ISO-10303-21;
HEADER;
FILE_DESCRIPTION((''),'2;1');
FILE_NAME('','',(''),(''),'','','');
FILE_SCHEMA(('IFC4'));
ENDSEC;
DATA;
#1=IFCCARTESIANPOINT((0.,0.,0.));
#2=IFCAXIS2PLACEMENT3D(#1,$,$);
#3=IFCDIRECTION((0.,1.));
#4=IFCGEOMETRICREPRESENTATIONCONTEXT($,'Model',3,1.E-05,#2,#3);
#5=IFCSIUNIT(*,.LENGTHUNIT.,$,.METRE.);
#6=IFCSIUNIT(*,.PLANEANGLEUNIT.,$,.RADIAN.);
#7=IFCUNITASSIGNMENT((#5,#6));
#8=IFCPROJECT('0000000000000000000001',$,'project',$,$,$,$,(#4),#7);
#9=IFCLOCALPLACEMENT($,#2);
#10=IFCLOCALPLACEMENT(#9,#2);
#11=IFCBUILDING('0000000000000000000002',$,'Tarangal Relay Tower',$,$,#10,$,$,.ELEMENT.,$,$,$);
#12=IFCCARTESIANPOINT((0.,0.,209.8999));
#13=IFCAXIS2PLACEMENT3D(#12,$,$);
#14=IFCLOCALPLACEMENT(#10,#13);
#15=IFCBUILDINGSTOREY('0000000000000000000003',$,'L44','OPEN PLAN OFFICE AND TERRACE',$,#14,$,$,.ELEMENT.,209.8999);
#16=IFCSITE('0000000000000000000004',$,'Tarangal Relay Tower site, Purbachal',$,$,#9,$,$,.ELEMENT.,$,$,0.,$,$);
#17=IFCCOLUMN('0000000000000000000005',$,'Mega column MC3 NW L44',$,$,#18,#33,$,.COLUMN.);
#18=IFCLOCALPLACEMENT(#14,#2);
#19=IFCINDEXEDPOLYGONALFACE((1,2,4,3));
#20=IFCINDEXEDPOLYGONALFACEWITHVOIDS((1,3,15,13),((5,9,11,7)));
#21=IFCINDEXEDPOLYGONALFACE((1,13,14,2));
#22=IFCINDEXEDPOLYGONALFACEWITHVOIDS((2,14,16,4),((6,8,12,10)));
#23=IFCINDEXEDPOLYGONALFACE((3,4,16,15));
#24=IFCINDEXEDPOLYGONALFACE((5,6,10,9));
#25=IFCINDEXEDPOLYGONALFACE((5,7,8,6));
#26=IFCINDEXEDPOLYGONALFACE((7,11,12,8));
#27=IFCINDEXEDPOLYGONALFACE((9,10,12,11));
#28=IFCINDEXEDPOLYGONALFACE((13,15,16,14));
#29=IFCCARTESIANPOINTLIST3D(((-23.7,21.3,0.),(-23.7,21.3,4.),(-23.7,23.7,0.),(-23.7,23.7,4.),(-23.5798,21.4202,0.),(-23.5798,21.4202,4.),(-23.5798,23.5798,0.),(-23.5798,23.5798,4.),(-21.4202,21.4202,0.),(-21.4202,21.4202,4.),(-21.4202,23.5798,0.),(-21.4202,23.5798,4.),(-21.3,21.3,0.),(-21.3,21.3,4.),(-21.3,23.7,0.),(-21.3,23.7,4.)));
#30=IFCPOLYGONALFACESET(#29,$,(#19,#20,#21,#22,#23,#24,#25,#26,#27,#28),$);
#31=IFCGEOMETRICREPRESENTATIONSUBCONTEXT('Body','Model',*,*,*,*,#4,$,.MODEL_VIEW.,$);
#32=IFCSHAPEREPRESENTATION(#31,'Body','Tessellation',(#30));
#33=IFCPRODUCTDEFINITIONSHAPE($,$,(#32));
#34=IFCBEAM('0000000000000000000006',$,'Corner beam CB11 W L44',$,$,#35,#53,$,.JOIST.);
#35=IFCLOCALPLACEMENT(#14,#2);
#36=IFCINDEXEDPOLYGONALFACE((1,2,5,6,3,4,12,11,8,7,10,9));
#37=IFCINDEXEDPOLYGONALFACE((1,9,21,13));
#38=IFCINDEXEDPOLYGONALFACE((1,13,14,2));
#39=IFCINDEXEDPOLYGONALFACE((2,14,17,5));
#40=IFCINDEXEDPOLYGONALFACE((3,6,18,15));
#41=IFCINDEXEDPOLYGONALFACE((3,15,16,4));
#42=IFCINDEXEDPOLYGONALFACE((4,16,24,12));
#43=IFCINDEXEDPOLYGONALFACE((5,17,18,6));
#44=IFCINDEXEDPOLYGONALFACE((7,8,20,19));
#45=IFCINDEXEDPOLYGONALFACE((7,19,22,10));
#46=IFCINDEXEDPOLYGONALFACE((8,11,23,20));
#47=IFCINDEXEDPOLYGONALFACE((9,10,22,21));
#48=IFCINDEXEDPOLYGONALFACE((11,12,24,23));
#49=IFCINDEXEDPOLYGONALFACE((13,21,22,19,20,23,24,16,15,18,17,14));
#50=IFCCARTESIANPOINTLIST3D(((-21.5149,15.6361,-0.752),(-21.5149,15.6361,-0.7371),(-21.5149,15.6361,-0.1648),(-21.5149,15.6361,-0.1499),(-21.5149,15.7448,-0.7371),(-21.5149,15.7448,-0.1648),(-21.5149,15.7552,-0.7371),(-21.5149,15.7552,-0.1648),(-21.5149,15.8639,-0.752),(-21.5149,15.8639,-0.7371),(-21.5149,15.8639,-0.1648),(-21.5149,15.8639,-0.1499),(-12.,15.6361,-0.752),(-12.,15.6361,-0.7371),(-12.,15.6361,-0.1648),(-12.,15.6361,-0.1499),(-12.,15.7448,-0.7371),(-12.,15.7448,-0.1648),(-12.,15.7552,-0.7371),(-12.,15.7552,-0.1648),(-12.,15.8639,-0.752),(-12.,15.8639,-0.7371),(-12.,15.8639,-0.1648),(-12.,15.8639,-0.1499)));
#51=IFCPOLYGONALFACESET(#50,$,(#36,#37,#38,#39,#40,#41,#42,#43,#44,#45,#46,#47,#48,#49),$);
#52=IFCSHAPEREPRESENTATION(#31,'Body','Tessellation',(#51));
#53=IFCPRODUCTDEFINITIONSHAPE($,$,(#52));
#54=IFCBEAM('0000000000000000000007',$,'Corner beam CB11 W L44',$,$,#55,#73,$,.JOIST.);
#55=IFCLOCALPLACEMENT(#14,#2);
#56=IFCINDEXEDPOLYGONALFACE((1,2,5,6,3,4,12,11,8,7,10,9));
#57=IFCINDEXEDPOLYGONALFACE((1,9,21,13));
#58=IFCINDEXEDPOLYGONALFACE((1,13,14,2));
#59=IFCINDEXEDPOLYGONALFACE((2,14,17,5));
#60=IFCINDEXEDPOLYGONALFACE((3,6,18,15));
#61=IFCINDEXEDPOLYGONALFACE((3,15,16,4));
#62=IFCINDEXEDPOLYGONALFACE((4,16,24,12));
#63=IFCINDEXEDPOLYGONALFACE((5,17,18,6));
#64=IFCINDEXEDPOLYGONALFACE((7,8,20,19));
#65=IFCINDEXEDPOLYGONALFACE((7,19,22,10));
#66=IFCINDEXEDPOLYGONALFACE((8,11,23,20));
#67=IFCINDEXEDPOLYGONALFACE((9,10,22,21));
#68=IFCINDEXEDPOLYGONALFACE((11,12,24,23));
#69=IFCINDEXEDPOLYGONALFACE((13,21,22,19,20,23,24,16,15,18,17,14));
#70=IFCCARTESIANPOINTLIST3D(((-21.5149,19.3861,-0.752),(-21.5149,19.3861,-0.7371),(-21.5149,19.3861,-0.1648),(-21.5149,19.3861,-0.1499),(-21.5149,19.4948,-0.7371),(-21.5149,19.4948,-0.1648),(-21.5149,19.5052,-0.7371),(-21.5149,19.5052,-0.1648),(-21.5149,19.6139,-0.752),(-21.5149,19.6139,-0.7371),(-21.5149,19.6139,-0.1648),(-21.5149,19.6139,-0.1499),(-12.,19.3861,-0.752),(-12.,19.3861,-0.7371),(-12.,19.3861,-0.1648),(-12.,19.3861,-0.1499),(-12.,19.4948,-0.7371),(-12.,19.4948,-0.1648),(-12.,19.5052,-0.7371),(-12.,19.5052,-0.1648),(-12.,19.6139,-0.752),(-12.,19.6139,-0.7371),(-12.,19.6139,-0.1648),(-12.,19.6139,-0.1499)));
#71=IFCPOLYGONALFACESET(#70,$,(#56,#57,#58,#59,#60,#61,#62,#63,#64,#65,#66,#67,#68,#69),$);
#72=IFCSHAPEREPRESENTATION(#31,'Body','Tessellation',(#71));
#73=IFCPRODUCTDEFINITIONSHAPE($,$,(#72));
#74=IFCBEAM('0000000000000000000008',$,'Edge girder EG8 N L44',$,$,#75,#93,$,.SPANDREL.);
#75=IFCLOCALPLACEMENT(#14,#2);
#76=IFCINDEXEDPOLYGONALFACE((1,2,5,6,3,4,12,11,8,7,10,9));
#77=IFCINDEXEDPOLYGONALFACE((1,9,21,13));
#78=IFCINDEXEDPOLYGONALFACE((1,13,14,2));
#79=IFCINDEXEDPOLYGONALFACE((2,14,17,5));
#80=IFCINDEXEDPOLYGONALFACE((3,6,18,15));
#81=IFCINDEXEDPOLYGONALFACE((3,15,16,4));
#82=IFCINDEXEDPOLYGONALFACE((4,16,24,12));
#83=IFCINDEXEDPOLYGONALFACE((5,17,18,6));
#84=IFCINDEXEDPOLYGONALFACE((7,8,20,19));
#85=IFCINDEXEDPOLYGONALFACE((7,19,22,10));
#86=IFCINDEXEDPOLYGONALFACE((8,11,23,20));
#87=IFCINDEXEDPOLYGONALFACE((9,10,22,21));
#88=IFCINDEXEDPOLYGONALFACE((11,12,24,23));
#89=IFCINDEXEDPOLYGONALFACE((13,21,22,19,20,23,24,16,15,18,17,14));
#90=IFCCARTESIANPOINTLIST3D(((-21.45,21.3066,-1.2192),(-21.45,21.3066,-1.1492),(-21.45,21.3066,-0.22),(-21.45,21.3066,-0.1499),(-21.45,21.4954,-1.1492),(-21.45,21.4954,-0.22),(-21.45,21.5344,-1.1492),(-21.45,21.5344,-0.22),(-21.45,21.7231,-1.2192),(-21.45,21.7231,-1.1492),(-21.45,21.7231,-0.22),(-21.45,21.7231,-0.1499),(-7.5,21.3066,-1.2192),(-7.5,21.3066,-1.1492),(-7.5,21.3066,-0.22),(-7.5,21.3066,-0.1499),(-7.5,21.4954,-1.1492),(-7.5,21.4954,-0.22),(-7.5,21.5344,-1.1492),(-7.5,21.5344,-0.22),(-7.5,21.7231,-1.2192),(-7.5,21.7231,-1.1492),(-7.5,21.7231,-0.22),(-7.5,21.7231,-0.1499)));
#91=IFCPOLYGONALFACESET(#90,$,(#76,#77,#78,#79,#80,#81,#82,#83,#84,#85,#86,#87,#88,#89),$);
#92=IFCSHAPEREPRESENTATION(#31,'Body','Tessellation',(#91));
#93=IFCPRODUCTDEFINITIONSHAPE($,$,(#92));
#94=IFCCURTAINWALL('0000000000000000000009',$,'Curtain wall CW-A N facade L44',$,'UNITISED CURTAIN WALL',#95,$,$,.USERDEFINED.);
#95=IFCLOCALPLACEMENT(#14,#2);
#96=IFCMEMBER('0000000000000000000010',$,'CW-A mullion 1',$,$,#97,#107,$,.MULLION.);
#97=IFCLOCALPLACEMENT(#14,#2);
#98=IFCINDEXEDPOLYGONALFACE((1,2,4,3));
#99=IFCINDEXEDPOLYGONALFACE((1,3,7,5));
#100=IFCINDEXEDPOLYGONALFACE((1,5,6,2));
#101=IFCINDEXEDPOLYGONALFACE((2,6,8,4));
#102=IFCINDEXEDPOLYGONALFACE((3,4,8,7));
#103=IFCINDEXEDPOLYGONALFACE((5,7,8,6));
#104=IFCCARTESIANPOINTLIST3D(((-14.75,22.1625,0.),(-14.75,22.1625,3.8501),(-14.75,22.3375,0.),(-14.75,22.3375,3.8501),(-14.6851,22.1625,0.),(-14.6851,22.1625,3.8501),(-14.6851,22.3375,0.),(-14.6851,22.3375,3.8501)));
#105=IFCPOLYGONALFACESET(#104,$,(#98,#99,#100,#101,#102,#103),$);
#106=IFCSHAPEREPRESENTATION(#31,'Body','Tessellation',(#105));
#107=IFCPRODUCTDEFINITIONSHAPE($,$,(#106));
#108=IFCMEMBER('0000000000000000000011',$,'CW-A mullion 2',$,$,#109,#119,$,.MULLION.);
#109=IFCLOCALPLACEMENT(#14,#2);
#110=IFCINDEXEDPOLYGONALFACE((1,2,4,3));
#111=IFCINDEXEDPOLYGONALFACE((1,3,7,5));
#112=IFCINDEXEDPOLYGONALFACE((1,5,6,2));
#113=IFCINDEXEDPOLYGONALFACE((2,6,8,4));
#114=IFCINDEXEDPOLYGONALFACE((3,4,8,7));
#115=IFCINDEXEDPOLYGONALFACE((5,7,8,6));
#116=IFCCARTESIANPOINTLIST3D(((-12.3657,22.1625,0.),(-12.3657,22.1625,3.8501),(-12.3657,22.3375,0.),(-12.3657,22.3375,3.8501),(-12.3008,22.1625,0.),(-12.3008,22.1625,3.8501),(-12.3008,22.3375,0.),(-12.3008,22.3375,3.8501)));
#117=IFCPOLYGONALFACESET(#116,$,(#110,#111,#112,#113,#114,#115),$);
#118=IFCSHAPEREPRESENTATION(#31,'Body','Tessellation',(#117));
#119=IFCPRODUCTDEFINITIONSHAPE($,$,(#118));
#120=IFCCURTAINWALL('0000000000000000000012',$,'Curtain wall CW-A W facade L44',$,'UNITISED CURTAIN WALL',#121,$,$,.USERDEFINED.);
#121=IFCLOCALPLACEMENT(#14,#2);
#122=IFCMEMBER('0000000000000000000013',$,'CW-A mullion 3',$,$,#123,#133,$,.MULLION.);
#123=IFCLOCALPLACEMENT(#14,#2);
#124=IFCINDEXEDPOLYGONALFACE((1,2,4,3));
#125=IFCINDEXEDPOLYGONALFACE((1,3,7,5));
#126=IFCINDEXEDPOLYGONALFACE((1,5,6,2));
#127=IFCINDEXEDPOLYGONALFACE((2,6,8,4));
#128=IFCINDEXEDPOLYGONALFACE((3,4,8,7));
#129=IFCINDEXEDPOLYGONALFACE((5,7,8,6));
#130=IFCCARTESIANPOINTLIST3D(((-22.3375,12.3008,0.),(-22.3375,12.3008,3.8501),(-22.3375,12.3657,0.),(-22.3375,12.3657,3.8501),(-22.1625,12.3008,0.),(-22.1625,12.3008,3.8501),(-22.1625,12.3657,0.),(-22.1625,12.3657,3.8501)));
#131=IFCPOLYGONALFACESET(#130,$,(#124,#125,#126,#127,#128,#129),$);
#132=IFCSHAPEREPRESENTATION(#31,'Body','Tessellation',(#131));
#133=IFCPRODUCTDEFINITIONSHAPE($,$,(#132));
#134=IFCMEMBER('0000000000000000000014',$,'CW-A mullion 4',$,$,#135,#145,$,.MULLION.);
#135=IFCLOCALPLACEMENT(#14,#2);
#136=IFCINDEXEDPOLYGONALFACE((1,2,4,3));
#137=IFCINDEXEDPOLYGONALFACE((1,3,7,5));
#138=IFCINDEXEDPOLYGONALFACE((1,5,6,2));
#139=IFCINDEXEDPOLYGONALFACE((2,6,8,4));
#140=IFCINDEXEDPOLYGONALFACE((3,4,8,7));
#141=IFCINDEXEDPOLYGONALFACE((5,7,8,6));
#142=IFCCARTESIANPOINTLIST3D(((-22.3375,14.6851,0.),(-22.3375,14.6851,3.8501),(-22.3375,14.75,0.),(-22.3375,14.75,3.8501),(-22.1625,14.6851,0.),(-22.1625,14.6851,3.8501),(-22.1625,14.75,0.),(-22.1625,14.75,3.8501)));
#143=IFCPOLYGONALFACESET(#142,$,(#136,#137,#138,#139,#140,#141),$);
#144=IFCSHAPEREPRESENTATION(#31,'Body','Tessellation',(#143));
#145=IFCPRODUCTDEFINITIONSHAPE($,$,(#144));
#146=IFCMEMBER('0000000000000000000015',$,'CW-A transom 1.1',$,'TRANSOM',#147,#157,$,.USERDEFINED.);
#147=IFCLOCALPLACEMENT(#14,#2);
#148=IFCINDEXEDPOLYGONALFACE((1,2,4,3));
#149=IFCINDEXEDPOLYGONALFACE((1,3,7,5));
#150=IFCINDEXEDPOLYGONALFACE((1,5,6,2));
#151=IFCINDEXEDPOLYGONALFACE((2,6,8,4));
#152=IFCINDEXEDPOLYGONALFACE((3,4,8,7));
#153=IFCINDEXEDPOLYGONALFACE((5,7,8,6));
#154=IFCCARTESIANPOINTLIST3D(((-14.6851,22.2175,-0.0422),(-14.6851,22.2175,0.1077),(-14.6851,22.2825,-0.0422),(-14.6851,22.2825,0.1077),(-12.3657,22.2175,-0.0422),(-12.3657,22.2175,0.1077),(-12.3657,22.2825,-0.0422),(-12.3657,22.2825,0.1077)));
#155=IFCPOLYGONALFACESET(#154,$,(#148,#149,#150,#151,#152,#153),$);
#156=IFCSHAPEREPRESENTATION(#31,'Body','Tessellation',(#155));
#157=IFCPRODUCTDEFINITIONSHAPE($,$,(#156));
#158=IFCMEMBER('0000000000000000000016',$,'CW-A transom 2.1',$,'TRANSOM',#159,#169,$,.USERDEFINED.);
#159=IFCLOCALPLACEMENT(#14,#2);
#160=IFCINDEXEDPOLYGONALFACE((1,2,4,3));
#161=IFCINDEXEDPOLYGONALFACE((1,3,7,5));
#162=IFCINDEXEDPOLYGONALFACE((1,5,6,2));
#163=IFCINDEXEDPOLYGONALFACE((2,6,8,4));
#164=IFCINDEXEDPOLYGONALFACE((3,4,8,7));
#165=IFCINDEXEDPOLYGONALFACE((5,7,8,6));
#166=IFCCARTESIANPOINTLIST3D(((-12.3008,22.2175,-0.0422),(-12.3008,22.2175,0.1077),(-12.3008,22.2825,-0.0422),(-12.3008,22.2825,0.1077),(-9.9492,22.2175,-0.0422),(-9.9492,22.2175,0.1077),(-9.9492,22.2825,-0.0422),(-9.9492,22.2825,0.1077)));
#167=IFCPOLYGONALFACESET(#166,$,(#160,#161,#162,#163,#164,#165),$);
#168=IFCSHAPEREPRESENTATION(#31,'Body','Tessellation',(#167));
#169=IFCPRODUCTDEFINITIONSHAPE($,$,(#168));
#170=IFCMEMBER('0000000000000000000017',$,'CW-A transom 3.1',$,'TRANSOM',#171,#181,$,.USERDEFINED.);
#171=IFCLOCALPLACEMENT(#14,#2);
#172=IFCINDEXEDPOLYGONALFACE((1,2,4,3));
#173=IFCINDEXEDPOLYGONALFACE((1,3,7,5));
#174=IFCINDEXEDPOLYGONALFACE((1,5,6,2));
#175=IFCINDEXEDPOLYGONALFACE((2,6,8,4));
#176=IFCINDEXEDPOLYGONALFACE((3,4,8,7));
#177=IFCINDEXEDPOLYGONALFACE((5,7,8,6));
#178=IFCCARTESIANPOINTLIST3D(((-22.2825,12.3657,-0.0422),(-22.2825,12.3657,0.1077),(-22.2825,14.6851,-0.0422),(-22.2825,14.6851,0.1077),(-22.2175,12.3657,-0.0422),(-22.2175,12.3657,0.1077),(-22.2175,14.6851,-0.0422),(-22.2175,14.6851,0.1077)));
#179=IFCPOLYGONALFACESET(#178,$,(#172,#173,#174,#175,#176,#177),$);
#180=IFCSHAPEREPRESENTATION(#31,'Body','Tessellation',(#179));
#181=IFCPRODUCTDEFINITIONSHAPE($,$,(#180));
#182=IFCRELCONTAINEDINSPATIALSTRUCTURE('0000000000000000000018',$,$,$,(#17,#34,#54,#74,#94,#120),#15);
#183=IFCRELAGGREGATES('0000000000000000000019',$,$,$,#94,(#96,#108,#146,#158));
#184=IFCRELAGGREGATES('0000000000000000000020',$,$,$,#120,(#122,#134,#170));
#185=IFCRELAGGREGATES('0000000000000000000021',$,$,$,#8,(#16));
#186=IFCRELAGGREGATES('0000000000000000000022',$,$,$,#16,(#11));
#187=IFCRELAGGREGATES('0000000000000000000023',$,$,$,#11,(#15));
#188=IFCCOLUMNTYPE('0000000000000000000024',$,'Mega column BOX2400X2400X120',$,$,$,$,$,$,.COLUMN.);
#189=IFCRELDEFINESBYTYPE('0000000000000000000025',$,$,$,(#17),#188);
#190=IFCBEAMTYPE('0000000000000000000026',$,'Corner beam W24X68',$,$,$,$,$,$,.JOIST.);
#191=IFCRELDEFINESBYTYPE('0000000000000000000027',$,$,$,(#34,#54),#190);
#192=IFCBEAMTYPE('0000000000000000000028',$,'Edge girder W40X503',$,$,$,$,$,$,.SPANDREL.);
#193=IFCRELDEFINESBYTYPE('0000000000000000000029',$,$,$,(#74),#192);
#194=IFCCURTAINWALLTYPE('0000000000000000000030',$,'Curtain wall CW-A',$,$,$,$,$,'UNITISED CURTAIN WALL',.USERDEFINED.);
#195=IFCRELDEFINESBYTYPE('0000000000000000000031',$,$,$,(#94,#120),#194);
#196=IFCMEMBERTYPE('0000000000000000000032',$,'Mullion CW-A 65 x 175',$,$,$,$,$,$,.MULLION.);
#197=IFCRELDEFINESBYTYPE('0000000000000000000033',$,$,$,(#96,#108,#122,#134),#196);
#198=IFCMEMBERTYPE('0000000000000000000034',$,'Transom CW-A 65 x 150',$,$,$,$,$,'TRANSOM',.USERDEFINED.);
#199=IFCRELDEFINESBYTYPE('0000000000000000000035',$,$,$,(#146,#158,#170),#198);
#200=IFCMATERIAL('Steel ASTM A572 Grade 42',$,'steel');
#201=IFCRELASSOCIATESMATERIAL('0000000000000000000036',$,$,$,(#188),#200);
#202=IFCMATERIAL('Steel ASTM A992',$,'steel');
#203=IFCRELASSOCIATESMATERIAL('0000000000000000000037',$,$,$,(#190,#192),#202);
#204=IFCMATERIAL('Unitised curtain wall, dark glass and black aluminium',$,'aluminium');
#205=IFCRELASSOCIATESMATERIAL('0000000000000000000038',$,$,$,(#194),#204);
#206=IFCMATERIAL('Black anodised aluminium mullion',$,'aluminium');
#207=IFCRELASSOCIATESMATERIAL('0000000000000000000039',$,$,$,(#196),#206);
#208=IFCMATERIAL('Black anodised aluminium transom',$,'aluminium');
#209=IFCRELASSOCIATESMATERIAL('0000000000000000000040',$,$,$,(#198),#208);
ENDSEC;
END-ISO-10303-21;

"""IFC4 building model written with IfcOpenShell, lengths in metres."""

from ifc_helpers import new_model, si_unit, direction, frame, origin, origin_2d, place, context, subcontext, project, spatial, rectangle, hollow_rectangle, i_section, extrude, material, material_profile, profile_set, type_object, element, aggregate, save


model = new_model("IFC4")

# Units and contexts
model_context = context("Model", 3, precision=1e-05, world=origin(), true_north=direction((0.0, 1.0)))
body_context = subcontext(model_context, "Body", "Model", "MODEL_VIEW")
ifc_project = project(units=[si_unit("LENGTHUNIT", "METRE"), si_unit("PLANEANGLEUNIT", "RADIAN")], contexts=[model_context])

# Site, building, storey
site_placement = place(None, origin())
site = spatial("IfcSite", under=ifc_project, at=site_placement, Name="Tarangal Relay Tower site, Purbachal", CompositionType="ELEMENT", RefElevation=0.0)
building_placement = place(site_placement, origin())
building = spatial("IfcBuilding", under=site, at=building_placement, Name="Tarangal Relay Tower", CompositionType="ELEMENT")
storey_placement = place(building_placement, frame((0.0, 0.0, 209.8999)))
storey = spatial("IfcBuildingStorey", under=building, at=storey_placement, Name="L44", Description="OPEN PLAN OFFICE AND TERRACE", CompositionType="ELEMENT", Elevation=209.8999)

# Column
ifc_material_1 = material(Name="Steel ASTM A572 Grade 42", Category="steel")
ifc_material_profile_1 = material_profile(ifc_material_1, hollow_rectangle(XDim=2.3999, YDim=2.3999, WallThickness=0.1201, at=origin_2d()), Name="BOX2400X2400X120")
ifc_profile_set_1 = profile_set([ifc_material_profile_1], Name="Steel ASTM A572 Grade 42")
column_type = type_object("IfcColumnType", Name="Mega column BOX2400X2400X120", PredefinedType="COLUMN", material=ifc_profile_set_1)
column_placement = place(storey_placement, frame((-22.5, 22.5, 0.0), z_axis=(0.0, 0.0, 1.0), x_axis=(1.0, 0.0, 0.0)))
element("IfcColumn", 1, at=column_placement, inside=storey, type_object=column_type, Name="Mega column MC3 NW L44", PredefinedType="COLUMN", context=body_context, shape_type="SweptSolid", body=[
    extrude(hollow_rectangle(XDim=2.3999, YDim=2.3999, WallThickness=0.1201, at=origin_2d()), origin(), (0.0, 0.0, 1.0), 4.0),
])

# Beams
ifc_material_2 = material(Name="Steel ASTM A992", Category="steel")
ifc_material_profile_2 = material_profile(ifc_material_2, i_section(OverallWidth=0.2278, OverallDepth=0.6021, WebThickness=0.0105, FlangeThickness=0.0149, at=origin_2d()), Name="W24X68")
ifc_profile_set_2 = profile_set([ifc_material_profile_2], Name="Steel ASTM A992")
beam_type_1 = type_object("IfcBeamType", Name="Corner beam W24X68", PredefinedType="JOIST", material=ifc_profile_set_2)
for number, where, z_axis, x_axis, name in (
    (2, (-12.0, 15.75, -0.4509), (-1.0, 0.0, 0.0), (0.0, -1.0, 0.0), "Corner beam CB11 W L44"),
    (3, (-12.0, 19.5, -0.4509), (-1.0, 0.0, 0.0), (0.0, -1.0, 0.0), "Corner beam CB11 W L44"),
):
    element("IfcBeam", number, at=place(storey_placement, frame(where, z_axis=z_axis, x_axis=x_axis)), inside=storey, type_object=beam_type_1, Name=name, PredefinedType="JOIST", context=body_context, shape_type="SweptSolid", body=[
        extrude(i_section(OverallWidth=0.2278, OverallDepth=0.6021, WebThickness=0.0105, FlangeThickness=0.0149, at=origin_2d()), origin(), (0.0, 0.0, 1.0), 9.5149),
    ])
ifc_material_profile_3 = material_profile(ifc_material_2, i_section(OverallWidth=0.4165, OverallDepth=1.0693, WebThickness=0.0391, FlangeThickness=0.0701, at=origin_2d()), Name="W40X503")
ifc_profile_set_3 = profile_set([ifc_material_profile_3], Name="Steel ASTM A992")
beam_type_2 = type_object("IfcBeamType", Name="Edge girder W40X503", PredefinedType="SPANDREL", material=ifc_profile_set_3)
beam_placement = place(storey_placement, frame((-21.45, 21.5149, -0.6846), z_axis=(1.0, 0.0, 0.0), x_axis=(0.0, 1.0, 0.0)))
element("IfcBeam", 4, at=beam_placement, inside=storey, type_object=beam_type_2, Name="Edge girder EG8 N L44", PredefinedType="SPANDREL", context=body_context, shape_type="SweptSolid", body=[
    extrude(i_section(OverallWidth=0.4165, OverallDepth=1.0693, WebThickness=0.0391, FlangeThickness=0.0701, at=origin_2d()), origin(), (0.0, 0.0, 1.0), 13.95),
])

# Curtain walls, members
ifc_material_3 = material(Name="Unitised curtain wall, dark glass and black aluminium", Category="aluminium")
curtain_wall_type = type_object("IfcCurtainWallType", Name="Curtain wall CW-A", ElementType="UNITISED CURTAIN WALL", PredefinedType="USERDEFINED", material=ifc_material_3)
curtain_wall_1_placement = place(storey_placement, origin())
curtain_wall_1 = element("IfcCurtainWall", 5, at=curtain_wall_1_placement, inside=storey, type_object=curtain_wall_type, Name="Curtain wall CW-A N facade L44", ObjectType="UNITISED CURTAIN WALL", PredefinedType="USERDEFINED")
ifc_material_4 = material(Name="Black anodised aluminium mullion", Category="aluminium")
ifc_material_profile_4 = material_profile(ifc_material_4, rectangle(XDim=0.175, YDim=0.0649, at=origin_2d()), Name="CW-AM 65X175")
ifc_profile_set_4 = profile_set([ifc_material_profile_4], Name="Black anodised aluminium mullion")
member_type_1 = type_object("IfcMemberType", Name="Mullion CW-A 65 x 175", PredefinedType="MULLION", material=ifc_profile_set_4)
member_1_placement = place(storey_placement, frame((-14.7175, 22.25, 0.0), z_axis=(0.0, 0.0, 1.0), x_axis=(0.0, 1.0, 0.0)))
member_1 = element("IfcMember", 6, at=member_1_placement, type_object=member_type_1, Name="CW-A mullion 1", PredefinedType="MULLION", context=body_context, shape_type="SweptSolid", body=[
    extrude(rectangle(XDim=0.175, YDim=0.0649, at=origin_2d()), origin(), (0.0, 0.0, 1.0), 3.8501),
])
member_2_placement = place(storey_placement, frame((-12.3333, 22.25, 0.0), z_axis=(0.0, 0.0, 1.0), x_axis=(0.0, 1.0, 0.0)))
member_2 = element("IfcMember", 7, at=member_2_placement, type_object=member_type_1, Name="CW-A mullion 2", PredefinedType="MULLION", context=body_context, shape_type="SweptSolid", body=[
    extrude(rectangle(XDim=0.175, YDim=0.0649, at=origin_2d()), origin(), (0.0, 0.0, 1.0), 3.8501),
])
curtain_wall_2_placement = place(storey_placement, origin())
curtain_wall_2 = element("IfcCurtainWall", 8, at=curtain_wall_2_placement, inside=storey, type_object=curtain_wall_type, Name="Curtain wall CW-A W facade L44", ObjectType="UNITISED CURTAIN WALL", PredefinedType="USERDEFINED")
member_3_placement = place(storey_placement, frame((-22.25, 12.3333, 0.0), z_axis=(0.0, 0.0, 1.0), x_axis=(-1.0, 0.0, 0.0)))
member_3 = element("IfcMember", 9, at=member_3_placement, type_object=member_type_1, Name="CW-A mullion 3", PredefinedType="MULLION", context=body_context, shape_type="SweptSolid", body=[
    extrude(rectangle(XDim=0.175, YDim=0.0649, at=origin_2d()), origin(), (0.0, 0.0, 1.0), 3.8501),
])
member_4_placement = place(storey_placement, frame((-22.25, 14.7175, 0.0), z_axis=(0.0, 0.0, 1.0), x_axis=(-1.0, 0.0, 0.0)))
member_4 = element("IfcMember", 10, at=member_4_placement, type_object=member_type_1, Name="CW-A mullion 4", PredefinedType="MULLION", context=body_context, shape_type="SweptSolid", body=[
    extrude(rectangle(XDim=0.175, YDim=0.0649, at=origin_2d()), origin(), (0.0, 0.0, 1.0), 3.8501),
])

# Members
ifc_material_5 = material(Name="Black anodised aluminium transom", Category="aluminium")
ifc_material_profile_5 = material_profile(ifc_material_5, rectangle(XDim=0.0649, YDim=0.1499, at=origin_2d()), Name="CW-AT 65X150")
ifc_profile_set_5 = profile_set([ifc_material_profile_5], Name="Black anodised aluminium transom")
member_type_2 = type_object("IfcMemberType", Name="Transom CW-A 65 x 150", ElementType="TRANSOM", PredefinedType="USERDEFINED", material=ifc_profile_set_5)
member_5_placement = place(storey_placement, frame((-14.6851, 22.25, 0.0327), z_axis=(1.0, 0.0, 0.0), x_axis=(0.0, 1.0, 0.0)))
member_5 = element("IfcMember", 11, at=member_5_placement, type_object=member_type_2, Name="CW-A transom 1.1", ObjectType="TRANSOM", PredefinedType="USERDEFINED", context=body_context, shape_type="SweptSolid", body=[
    extrude(rectangle(XDim=0.0649, YDim=0.1499, at=origin_2d()), origin(), (0.0, 0.0, 1.0), 2.3193),
])
member_6_placement = place(storey_placement, frame((-12.3008, 22.25, 0.0327), z_axis=(1.0, 0.0, 0.0), x_axis=(0.0, 1.0, 0.0)))
member_6 = element("IfcMember", 12, at=member_6_placement, type_object=member_type_2, Name="CW-A transom 2.1", ObjectType="TRANSOM", PredefinedType="USERDEFINED", context=body_context, shape_type="SweptSolid", body=[
    extrude(rectangle(XDim=0.0649, YDim=0.1499, at=origin_2d()), origin(), (0.0, 0.0, 1.0), 2.3516),
])
member_7_placement = place(storey_placement, frame((-22.25, 12.3657, 0.0327), z_axis=(0.0, 1.0, 0.0), x_axis=(-1.0, 0.0, 0.0)))
member_7 = element("IfcMember", 13, at=member_7_placement, type_object=member_type_2, Name="CW-A transom 3.1", ObjectType="TRANSOM", PredefinedType="USERDEFINED", context=body_context, shape_type="SweptSolid", body=[
    extrude(rectangle(XDim=0.0649, YDim=0.1499, at=origin_2d()), origin(), (0.0, 0.0, 1.0), 2.3193),
])

aggregate(curtain_wall_1, [member_1, member_2, member_5, member_6])
aggregate(curtain_wall_2, [member_3, member_4, member_7])

save(model, "model.ifc")
